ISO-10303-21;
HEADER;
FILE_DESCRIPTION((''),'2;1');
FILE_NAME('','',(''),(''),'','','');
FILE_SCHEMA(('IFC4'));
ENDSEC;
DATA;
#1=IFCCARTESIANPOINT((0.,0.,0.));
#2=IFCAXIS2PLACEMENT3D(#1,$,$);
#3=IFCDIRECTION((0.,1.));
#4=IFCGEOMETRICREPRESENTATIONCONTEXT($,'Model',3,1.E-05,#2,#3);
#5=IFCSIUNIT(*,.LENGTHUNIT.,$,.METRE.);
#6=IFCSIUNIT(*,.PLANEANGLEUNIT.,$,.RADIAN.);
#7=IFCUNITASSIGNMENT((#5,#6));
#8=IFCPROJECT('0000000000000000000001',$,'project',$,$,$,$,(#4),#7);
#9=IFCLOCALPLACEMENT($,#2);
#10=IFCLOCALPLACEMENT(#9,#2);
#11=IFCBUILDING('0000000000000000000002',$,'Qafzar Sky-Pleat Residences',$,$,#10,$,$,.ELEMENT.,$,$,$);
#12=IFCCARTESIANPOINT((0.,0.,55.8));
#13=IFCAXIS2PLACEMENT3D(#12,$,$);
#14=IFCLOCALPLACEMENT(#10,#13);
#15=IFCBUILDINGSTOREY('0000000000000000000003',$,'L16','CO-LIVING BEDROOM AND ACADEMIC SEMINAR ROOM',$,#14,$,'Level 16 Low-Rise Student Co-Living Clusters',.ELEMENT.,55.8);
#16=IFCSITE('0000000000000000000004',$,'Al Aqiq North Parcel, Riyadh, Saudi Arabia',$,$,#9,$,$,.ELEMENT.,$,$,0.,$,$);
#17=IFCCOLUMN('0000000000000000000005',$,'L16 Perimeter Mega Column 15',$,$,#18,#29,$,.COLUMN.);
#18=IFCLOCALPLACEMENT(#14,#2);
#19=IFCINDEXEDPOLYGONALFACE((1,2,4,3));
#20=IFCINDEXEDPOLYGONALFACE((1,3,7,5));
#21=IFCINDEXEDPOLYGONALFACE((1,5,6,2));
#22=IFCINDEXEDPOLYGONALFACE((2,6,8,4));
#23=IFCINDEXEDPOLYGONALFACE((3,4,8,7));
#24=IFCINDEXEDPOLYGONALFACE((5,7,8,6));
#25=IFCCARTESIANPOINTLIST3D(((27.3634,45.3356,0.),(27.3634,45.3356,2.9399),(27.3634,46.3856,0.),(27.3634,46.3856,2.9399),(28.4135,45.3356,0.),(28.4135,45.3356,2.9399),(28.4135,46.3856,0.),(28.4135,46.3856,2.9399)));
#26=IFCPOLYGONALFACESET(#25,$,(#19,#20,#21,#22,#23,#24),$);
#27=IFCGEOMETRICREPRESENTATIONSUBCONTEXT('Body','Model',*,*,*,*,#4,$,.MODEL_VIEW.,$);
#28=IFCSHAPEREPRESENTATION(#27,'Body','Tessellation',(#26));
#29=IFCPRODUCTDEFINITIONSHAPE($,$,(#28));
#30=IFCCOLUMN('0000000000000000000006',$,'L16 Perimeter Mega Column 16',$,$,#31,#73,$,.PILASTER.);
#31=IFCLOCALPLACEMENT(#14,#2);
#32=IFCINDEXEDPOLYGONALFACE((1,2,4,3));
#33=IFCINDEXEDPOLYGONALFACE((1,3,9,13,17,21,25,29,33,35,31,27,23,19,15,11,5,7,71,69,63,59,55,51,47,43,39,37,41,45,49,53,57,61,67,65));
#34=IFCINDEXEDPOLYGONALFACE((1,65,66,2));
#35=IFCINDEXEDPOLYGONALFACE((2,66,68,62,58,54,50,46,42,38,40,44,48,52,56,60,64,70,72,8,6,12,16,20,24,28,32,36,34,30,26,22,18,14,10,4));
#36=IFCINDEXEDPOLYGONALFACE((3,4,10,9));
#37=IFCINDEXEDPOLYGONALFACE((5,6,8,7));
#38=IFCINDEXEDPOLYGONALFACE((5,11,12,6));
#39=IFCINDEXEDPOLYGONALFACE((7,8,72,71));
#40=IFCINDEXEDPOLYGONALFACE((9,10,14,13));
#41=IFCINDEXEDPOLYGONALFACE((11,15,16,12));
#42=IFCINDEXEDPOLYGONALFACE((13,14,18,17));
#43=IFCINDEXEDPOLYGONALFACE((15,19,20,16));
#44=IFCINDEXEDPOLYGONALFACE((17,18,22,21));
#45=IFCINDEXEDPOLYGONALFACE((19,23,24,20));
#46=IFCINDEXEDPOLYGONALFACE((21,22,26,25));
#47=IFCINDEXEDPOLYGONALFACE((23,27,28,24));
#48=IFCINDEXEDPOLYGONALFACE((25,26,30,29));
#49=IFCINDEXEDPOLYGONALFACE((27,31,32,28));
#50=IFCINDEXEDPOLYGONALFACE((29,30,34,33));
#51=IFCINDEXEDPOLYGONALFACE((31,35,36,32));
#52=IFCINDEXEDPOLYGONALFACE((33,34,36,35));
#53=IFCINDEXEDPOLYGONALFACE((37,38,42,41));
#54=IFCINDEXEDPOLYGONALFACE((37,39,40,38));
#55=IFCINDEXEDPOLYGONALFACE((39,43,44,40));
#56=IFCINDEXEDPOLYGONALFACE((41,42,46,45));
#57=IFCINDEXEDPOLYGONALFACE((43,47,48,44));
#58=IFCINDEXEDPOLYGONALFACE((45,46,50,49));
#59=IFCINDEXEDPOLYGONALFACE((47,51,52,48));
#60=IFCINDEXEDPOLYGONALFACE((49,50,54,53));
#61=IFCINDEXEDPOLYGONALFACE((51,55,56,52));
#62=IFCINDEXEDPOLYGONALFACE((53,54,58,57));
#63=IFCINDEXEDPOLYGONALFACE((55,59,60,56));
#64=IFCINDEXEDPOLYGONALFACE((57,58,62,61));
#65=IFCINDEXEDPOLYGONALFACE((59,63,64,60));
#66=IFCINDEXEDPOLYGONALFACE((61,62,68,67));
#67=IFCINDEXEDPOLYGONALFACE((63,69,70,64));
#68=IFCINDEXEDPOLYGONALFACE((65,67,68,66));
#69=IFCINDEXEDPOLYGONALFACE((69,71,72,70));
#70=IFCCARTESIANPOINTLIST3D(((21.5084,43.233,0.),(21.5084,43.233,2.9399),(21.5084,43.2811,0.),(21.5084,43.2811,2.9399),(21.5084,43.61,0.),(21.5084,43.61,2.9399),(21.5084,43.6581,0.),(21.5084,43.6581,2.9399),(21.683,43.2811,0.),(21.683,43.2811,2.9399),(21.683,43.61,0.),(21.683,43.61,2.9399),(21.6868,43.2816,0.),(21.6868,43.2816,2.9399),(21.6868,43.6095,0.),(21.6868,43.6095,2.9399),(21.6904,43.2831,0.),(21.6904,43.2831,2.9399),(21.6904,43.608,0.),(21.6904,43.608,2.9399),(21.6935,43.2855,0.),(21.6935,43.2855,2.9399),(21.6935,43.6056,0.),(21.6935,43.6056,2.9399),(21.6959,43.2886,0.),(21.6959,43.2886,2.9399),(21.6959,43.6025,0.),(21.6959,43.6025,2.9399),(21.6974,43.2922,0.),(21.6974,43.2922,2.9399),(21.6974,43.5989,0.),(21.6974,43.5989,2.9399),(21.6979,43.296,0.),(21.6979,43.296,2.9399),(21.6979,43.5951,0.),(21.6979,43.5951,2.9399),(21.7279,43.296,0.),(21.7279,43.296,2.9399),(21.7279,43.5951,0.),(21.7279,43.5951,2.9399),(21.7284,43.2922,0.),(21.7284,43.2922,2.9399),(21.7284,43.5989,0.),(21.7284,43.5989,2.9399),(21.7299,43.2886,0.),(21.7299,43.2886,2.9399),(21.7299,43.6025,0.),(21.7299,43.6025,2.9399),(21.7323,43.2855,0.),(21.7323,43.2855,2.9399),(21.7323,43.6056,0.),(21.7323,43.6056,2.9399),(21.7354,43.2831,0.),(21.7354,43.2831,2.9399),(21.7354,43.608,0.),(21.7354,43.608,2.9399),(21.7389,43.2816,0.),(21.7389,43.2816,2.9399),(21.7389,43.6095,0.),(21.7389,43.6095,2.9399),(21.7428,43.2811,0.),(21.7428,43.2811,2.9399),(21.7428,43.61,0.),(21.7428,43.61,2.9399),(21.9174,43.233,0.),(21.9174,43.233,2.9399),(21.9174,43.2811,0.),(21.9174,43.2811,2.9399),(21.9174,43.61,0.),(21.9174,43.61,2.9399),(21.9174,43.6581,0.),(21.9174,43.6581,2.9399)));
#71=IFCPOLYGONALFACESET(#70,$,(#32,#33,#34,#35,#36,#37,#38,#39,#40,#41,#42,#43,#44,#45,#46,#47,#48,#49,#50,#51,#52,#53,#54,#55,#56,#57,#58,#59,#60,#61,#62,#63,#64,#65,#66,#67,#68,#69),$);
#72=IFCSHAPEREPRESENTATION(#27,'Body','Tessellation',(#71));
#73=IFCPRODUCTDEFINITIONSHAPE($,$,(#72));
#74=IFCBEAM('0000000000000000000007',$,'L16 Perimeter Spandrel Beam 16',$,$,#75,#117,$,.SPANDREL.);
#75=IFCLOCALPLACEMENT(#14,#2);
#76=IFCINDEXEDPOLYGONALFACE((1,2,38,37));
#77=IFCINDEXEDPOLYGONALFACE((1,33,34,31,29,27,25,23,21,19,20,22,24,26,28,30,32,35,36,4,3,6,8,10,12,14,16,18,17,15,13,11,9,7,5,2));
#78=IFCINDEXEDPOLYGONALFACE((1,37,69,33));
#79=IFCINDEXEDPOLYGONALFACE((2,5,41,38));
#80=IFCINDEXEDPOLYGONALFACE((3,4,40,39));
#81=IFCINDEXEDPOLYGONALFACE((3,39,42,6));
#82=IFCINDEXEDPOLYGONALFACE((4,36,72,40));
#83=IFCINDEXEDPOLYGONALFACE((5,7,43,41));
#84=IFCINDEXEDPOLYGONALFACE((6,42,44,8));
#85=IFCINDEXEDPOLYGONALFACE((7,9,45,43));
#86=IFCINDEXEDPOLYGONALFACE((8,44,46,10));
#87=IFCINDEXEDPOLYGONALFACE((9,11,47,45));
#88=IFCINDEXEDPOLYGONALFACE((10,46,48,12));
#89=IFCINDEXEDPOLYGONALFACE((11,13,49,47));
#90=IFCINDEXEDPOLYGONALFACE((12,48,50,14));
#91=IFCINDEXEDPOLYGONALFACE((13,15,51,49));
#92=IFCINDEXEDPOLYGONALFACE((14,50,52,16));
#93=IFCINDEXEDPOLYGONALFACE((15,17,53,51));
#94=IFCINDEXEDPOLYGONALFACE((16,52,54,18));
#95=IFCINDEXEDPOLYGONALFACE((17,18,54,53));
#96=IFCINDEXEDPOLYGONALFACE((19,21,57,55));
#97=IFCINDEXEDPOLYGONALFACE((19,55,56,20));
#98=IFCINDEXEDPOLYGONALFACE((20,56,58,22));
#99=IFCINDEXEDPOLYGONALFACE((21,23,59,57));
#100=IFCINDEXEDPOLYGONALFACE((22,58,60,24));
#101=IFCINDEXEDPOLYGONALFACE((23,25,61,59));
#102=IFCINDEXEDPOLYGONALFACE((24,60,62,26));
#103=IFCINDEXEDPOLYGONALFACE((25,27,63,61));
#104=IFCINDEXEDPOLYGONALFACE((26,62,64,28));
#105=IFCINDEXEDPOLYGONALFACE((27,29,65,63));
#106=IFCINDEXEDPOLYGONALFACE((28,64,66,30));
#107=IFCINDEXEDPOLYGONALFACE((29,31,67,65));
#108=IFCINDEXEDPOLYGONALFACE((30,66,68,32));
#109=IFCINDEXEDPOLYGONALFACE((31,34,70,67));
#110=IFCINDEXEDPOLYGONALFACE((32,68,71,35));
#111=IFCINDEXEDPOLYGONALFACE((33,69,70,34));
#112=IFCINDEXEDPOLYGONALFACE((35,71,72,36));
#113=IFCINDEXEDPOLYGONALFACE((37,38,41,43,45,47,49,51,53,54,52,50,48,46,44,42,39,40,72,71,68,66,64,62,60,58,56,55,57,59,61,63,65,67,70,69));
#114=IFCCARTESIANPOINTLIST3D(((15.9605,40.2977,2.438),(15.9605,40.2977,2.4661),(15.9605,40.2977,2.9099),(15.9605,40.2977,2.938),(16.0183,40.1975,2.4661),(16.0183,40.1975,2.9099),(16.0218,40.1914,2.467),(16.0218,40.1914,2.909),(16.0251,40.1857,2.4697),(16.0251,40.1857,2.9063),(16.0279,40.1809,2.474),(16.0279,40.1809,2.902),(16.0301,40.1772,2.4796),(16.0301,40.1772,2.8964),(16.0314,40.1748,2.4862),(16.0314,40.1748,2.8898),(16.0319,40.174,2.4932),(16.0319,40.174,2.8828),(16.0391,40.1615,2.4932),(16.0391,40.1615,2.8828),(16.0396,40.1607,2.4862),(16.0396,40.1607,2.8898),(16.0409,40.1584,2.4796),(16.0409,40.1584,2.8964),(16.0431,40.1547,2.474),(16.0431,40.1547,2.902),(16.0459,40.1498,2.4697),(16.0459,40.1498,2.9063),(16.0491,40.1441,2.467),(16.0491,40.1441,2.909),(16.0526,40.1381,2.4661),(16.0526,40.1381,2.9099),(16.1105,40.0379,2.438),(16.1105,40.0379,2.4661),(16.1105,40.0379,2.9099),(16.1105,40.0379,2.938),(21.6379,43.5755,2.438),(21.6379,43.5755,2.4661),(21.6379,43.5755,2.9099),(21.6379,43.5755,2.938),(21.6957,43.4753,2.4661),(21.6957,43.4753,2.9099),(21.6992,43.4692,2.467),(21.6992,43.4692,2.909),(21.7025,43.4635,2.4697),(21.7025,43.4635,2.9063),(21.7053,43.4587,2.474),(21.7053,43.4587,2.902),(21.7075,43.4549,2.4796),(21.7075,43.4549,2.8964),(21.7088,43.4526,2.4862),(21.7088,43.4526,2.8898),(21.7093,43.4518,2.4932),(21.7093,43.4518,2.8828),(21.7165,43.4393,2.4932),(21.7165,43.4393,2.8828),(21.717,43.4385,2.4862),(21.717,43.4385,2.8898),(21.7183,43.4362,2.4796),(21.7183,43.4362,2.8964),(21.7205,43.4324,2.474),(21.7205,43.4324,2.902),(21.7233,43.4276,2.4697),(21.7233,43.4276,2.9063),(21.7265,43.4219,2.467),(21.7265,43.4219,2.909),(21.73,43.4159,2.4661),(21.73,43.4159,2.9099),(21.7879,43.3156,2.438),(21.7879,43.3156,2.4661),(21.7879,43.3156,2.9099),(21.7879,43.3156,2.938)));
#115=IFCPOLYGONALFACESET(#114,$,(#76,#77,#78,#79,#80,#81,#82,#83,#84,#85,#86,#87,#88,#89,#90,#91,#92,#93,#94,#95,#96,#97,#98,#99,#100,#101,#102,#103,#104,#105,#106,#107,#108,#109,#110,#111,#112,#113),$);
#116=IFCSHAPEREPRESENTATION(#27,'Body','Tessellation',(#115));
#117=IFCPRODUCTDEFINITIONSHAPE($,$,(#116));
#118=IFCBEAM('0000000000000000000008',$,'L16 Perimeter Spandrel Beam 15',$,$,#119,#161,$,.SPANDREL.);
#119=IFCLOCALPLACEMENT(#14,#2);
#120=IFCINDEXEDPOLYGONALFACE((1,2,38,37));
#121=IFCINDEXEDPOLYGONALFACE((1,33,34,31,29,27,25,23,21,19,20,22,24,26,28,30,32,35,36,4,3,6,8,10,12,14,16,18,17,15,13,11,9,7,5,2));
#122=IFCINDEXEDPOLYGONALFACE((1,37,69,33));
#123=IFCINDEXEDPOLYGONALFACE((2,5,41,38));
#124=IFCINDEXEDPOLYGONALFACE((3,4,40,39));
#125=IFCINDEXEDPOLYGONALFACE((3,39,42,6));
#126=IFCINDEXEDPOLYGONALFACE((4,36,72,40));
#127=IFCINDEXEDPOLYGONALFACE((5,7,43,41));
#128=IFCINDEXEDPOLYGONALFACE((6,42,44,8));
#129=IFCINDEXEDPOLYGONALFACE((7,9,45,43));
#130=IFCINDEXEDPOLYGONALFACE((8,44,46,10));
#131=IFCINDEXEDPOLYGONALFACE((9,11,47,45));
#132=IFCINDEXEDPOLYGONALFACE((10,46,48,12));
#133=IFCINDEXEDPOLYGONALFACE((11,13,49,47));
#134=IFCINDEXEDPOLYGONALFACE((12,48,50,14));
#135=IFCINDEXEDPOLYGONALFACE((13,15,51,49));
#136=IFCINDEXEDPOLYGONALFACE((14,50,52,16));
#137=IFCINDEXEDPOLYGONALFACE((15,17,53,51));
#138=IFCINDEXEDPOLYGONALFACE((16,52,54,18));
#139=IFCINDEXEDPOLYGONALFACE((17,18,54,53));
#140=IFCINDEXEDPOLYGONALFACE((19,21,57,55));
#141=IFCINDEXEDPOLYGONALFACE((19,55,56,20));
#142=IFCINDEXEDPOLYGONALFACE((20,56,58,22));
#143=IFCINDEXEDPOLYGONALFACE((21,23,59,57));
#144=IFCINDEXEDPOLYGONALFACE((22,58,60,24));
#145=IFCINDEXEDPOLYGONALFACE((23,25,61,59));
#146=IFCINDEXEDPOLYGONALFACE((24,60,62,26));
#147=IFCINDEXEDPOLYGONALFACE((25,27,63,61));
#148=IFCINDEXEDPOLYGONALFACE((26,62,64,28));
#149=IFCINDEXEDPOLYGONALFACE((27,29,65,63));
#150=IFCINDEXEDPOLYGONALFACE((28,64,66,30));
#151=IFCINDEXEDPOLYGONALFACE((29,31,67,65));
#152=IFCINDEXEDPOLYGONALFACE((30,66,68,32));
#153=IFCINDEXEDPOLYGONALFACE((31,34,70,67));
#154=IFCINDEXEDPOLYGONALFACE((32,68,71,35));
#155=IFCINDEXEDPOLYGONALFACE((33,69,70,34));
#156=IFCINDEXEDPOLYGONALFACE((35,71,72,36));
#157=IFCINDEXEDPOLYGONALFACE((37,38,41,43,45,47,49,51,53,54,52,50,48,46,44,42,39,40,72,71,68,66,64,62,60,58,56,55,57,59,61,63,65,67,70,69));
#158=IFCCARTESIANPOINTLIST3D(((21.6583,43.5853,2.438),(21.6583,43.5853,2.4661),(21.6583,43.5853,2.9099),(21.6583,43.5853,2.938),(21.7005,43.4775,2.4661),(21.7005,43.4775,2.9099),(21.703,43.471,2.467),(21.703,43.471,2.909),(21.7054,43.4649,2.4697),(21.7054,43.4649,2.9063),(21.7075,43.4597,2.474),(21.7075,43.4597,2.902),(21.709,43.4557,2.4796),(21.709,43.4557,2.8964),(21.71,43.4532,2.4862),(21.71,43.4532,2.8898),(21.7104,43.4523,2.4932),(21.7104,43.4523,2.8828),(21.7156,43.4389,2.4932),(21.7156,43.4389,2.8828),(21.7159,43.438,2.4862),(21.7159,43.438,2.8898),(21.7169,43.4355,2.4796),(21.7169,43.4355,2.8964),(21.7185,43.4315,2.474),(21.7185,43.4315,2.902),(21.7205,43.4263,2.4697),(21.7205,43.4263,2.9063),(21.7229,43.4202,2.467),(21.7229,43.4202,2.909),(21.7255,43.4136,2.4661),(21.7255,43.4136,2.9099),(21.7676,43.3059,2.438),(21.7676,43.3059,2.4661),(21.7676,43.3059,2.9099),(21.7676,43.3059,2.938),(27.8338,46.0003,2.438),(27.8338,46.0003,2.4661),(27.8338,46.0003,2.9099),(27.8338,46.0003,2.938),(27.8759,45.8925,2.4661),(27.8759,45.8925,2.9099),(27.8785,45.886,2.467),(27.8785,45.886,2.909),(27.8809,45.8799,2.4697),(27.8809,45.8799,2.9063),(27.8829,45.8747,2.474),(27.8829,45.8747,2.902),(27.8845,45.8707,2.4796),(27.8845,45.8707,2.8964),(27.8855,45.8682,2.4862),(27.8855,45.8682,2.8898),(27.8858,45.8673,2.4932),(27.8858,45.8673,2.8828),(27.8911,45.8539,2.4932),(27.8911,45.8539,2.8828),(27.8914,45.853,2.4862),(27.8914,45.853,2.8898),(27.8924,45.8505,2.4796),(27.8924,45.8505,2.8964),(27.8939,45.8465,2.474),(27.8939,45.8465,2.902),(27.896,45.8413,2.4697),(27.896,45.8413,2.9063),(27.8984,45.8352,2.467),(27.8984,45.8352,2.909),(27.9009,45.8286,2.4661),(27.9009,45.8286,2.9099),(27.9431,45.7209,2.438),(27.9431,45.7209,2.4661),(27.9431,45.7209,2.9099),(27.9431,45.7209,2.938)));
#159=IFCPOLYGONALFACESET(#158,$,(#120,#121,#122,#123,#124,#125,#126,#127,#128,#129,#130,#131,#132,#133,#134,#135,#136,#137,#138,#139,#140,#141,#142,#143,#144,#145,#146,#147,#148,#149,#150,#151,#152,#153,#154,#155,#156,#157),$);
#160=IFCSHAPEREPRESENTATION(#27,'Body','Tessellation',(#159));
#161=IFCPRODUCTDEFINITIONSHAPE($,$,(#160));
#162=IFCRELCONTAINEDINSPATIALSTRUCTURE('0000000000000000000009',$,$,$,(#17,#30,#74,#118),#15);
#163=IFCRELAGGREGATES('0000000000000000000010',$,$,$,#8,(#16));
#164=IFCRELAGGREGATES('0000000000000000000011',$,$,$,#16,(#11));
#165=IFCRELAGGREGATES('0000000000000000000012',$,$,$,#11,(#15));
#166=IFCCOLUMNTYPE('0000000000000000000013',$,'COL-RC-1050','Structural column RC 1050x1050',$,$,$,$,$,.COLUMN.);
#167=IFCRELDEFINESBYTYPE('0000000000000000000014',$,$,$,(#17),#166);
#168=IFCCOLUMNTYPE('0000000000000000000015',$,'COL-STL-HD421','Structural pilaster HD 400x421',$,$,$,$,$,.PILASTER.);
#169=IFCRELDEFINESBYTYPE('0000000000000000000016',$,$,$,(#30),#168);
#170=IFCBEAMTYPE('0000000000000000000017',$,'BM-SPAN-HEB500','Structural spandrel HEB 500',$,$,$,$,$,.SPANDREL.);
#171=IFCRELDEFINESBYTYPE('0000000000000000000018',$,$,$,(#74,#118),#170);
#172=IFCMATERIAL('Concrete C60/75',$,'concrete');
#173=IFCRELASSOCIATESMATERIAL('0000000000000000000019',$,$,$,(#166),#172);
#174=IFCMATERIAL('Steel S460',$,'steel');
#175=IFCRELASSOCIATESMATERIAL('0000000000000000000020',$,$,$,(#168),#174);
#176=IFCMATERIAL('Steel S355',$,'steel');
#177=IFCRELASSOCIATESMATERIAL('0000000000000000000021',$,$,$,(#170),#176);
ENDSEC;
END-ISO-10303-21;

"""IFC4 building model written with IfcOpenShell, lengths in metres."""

from ifc_helpers import new_model, si_unit, direction, frame, origin, origin_2d, place, context, subcontext, project, spatial, rectangle, i_section, extrude, source, transform, mapped, material, material_profile, profile_set, type_object, element, save


model = new_model("IFC4")

# Units and contexts
model_context = context("Model", 3, precision=1e-05, world=origin(), true_north=direction((0.0, 1.0)))
body_context = subcontext(model_context, "Body", "Model", "MODEL_VIEW")
ifc_project = project(units=[si_unit("LENGTHUNIT", "METRE"), si_unit("PLANEANGLEUNIT", "RADIAN")], contexts=[model_context])

# Site, building, storey
site_placement = place(None, origin())
site = spatial("IfcSite", under=ifc_project, at=site_placement, Name="Al Aqiq North Parcel, Riyadh, Saudi Arabia", CompositionType="ELEMENT", RefElevation=0.0)
building_placement = place(site_placement, origin())
building = spatial("IfcBuilding", under=site, at=building_placement, Name="Qafzar Sky-Pleat Residences", CompositionType="ELEMENT")
storey_placement = place(building_placement, frame((0.0, 0.0, 55.8)))
storey = spatial("IfcBuildingStorey", under=building, at=storey_placement, Name="L16", Description="CO-LIVING BEDROOM AND ACADEMIC SEMINAR ROOM", LongName="Level 16 Low-Rise Student Co-Living Clusters", CompositionType="ELEMENT", Elevation=55.8)

# Columns
ifc_material_1 = material(Name="Concrete C60/75", Category="concrete")
ifc_material_profile_1 = material_profile(ifc_material_1, rectangle(XDim=1.05, YDim=1.05, at=origin_2d()), Name="RC 1050x1050")
ifc_profile_set_1 = profile_set([ifc_material_profile_1], Name="Concrete C60/75")
column_type_1 = type_object("IfcColumnType", Name="COL-RC-1050", Description="Structural column RC 1050x1050", PredefinedType="COLUMN", material=ifc_profile_set_1)
shared_shape_1 = source(origin(), body_context, "Body", "SweptSolid", [
    extrude(rectangle(XDim=1.05, YDim=1.05, at=origin_2d()), origin(), (0.0, 0.0, 1.0), 2.9399),
])
column_1_placement = place(storey_placement, frame((27.8884, 45.8606, 0.0), z_axis=(0.0, 0.0, 1.0), x_axis=(1.0, 0.0, 0.0)))
element("IfcColumn", 1, at=column_1_placement, inside=storey, type_object=column_type_1, Name="L16 Perimeter Mega Column 15", PredefinedType="COLUMN", context=body_context, shape_type="MappedRepresentation", body=[
    mapped(shared_shape_1, transform((0.0, 0.0, 0.0), x_axis=(1.0, 0.0, 0.0), y_axis=(0.0, 1.0, 0.0), z_axis=(0.0, 0.0, 1.0), scale=1.0)),
])
ifc_material_2 = material(Name="Steel S460", Category="steel")
ifc_material_profile_2 = material_profile(ifc_material_2, i_section(OverallWidth=0.4089, OverallDepth=0.425, WebThickness=0.03, FlangeThickness=0.0481, FilletRadius=0.0149, at=origin_2d()), Name="HD 400x421")
ifc_profile_set_2 = profile_set([ifc_material_profile_2], Name="Steel S460")
column_type_2 = type_object("IfcColumnType", Name="COL-STL-HD421", Description="Structural pilaster HD 400x421", PredefinedType="PILASTER", material=ifc_profile_set_2)
shared_shape_2 = source(origin(), body_context, "Body", "SweptSolid", [
    extrude(i_section(OverallWidth=0.4089, OverallDepth=0.425, WebThickness=0.03, FlangeThickness=0.0481, FilletRadius=0.0149, at=origin_2d()), origin(), (0.0, 0.0, 1.0), 2.9399),
])
column_2_placement = place(storey_placement, frame((21.7129, 43.4456, 0.0), z_axis=(0.0, 0.0, 1.0), x_axis=(1.0, 0.0, 0.0)))
element("IfcColumn", 2, at=column_2_placement, inside=storey, type_object=column_type_2, Name="L16 Perimeter Mega Column 16", PredefinedType="PILASTER", context=body_context, shape_type="MappedRepresentation", body=[
    mapped(shared_shape_2, transform((0.0, 0.0, 0.0), x_axis=(1.0, 0.0, 0.0), y_axis=(0.0, 1.0, 0.0), z_axis=(0.0, 0.0, 1.0), scale=1.0)),
])

# Beams
ifc_material_3 = material(Name="Steel S355", Category="steel")
ifc_material_profile_3 = material_profile(ifc_material_3, i_section(OverallWidth=0.3, OverallDepth=0.5, WebThickness=0.0144, FlangeThickness=0.0281, FilletRadius=0.0271, at=origin_2d()), Name="HEB 500")
ifc_profile_set_3 = profile_set([ifc_material_profile_3], Name="Steel S355")
beam_type_1 = type_object("IfcBeamType", Name="BM-SPAN-HEB500", Description="Structural spandrel HEB 500", PredefinedType="SPANDREL", material=ifc_profile_set_3)
shared_shape_3 = source(origin(), body_context, "Body", "SweptSolid", [
    extrude(i_section(OverallWidth=0.3, OverallDepth=0.5, WebThickness=0.0144, FlangeThickness=0.0281, FilletRadius=0.0271, at=origin_2d()), origin(), (0.0, 0.0, 1.0), 6.5557),
])
beam_1_placement = place(storey_placement, frame((21.7129, 43.4456, 2.688), z_axis=(-0.86603, -0.499992, 0.0), x_axis=(0.499992, -0.86603, 0.0)))
element("IfcBeam", 3, at=beam_1_placement, inside=storey, type_object=beam_type_1, Name="L16 Perimeter Spandrel Beam 16", PredefinedType="SPANDREL", context=body_context, shape_type="MappedRepresentation", body=[
    mapped(shared_shape_3, transform((0.0, 0.0, 0.0), x_axis=(1.0, 0.0, 0.0), y_axis=(0.0, 1.0, 0.0), z_axis=(0.0, 0.0, 1.0), scale=1.0)),
])
shared_shape_4 = source(origin(), body_context, "Body", "SweptSolid", [
    extrude(i_section(OverallWidth=0.3, OverallDepth=0.5, WebThickness=0.0144, FlangeThickness=0.0281, FilletRadius=0.0271, at=origin_2d()), origin(), (0.0, 0.0, 1.0), 6.6309),
])
beam_2_placement = place(storey_placement, frame((27.8884, 45.8606, 2.688), z_axis=(-0.931318, -0.364206, 0.0), x_axis=(0.364206, -0.931318, 0.0)))
element("IfcBeam", 4, at=beam_2_placement, inside=storey, type_object=beam_type_1, Name="L16 Perimeter Spandrel Beam 15", PredefinedType="SPANDREL", context=body_context, shape_type="MappedRepresentation", body=[
    mapped(shared_shape_4, transform((0.0, 0.0, 0.0), x_axis=(1.0, 0.0, 0.0), y_axis=(0.0, 1.0, 0.0), z_axis=(0.0, 0.0, 1.0), scale=1.0)),
])

save(model, "model.ifc")
